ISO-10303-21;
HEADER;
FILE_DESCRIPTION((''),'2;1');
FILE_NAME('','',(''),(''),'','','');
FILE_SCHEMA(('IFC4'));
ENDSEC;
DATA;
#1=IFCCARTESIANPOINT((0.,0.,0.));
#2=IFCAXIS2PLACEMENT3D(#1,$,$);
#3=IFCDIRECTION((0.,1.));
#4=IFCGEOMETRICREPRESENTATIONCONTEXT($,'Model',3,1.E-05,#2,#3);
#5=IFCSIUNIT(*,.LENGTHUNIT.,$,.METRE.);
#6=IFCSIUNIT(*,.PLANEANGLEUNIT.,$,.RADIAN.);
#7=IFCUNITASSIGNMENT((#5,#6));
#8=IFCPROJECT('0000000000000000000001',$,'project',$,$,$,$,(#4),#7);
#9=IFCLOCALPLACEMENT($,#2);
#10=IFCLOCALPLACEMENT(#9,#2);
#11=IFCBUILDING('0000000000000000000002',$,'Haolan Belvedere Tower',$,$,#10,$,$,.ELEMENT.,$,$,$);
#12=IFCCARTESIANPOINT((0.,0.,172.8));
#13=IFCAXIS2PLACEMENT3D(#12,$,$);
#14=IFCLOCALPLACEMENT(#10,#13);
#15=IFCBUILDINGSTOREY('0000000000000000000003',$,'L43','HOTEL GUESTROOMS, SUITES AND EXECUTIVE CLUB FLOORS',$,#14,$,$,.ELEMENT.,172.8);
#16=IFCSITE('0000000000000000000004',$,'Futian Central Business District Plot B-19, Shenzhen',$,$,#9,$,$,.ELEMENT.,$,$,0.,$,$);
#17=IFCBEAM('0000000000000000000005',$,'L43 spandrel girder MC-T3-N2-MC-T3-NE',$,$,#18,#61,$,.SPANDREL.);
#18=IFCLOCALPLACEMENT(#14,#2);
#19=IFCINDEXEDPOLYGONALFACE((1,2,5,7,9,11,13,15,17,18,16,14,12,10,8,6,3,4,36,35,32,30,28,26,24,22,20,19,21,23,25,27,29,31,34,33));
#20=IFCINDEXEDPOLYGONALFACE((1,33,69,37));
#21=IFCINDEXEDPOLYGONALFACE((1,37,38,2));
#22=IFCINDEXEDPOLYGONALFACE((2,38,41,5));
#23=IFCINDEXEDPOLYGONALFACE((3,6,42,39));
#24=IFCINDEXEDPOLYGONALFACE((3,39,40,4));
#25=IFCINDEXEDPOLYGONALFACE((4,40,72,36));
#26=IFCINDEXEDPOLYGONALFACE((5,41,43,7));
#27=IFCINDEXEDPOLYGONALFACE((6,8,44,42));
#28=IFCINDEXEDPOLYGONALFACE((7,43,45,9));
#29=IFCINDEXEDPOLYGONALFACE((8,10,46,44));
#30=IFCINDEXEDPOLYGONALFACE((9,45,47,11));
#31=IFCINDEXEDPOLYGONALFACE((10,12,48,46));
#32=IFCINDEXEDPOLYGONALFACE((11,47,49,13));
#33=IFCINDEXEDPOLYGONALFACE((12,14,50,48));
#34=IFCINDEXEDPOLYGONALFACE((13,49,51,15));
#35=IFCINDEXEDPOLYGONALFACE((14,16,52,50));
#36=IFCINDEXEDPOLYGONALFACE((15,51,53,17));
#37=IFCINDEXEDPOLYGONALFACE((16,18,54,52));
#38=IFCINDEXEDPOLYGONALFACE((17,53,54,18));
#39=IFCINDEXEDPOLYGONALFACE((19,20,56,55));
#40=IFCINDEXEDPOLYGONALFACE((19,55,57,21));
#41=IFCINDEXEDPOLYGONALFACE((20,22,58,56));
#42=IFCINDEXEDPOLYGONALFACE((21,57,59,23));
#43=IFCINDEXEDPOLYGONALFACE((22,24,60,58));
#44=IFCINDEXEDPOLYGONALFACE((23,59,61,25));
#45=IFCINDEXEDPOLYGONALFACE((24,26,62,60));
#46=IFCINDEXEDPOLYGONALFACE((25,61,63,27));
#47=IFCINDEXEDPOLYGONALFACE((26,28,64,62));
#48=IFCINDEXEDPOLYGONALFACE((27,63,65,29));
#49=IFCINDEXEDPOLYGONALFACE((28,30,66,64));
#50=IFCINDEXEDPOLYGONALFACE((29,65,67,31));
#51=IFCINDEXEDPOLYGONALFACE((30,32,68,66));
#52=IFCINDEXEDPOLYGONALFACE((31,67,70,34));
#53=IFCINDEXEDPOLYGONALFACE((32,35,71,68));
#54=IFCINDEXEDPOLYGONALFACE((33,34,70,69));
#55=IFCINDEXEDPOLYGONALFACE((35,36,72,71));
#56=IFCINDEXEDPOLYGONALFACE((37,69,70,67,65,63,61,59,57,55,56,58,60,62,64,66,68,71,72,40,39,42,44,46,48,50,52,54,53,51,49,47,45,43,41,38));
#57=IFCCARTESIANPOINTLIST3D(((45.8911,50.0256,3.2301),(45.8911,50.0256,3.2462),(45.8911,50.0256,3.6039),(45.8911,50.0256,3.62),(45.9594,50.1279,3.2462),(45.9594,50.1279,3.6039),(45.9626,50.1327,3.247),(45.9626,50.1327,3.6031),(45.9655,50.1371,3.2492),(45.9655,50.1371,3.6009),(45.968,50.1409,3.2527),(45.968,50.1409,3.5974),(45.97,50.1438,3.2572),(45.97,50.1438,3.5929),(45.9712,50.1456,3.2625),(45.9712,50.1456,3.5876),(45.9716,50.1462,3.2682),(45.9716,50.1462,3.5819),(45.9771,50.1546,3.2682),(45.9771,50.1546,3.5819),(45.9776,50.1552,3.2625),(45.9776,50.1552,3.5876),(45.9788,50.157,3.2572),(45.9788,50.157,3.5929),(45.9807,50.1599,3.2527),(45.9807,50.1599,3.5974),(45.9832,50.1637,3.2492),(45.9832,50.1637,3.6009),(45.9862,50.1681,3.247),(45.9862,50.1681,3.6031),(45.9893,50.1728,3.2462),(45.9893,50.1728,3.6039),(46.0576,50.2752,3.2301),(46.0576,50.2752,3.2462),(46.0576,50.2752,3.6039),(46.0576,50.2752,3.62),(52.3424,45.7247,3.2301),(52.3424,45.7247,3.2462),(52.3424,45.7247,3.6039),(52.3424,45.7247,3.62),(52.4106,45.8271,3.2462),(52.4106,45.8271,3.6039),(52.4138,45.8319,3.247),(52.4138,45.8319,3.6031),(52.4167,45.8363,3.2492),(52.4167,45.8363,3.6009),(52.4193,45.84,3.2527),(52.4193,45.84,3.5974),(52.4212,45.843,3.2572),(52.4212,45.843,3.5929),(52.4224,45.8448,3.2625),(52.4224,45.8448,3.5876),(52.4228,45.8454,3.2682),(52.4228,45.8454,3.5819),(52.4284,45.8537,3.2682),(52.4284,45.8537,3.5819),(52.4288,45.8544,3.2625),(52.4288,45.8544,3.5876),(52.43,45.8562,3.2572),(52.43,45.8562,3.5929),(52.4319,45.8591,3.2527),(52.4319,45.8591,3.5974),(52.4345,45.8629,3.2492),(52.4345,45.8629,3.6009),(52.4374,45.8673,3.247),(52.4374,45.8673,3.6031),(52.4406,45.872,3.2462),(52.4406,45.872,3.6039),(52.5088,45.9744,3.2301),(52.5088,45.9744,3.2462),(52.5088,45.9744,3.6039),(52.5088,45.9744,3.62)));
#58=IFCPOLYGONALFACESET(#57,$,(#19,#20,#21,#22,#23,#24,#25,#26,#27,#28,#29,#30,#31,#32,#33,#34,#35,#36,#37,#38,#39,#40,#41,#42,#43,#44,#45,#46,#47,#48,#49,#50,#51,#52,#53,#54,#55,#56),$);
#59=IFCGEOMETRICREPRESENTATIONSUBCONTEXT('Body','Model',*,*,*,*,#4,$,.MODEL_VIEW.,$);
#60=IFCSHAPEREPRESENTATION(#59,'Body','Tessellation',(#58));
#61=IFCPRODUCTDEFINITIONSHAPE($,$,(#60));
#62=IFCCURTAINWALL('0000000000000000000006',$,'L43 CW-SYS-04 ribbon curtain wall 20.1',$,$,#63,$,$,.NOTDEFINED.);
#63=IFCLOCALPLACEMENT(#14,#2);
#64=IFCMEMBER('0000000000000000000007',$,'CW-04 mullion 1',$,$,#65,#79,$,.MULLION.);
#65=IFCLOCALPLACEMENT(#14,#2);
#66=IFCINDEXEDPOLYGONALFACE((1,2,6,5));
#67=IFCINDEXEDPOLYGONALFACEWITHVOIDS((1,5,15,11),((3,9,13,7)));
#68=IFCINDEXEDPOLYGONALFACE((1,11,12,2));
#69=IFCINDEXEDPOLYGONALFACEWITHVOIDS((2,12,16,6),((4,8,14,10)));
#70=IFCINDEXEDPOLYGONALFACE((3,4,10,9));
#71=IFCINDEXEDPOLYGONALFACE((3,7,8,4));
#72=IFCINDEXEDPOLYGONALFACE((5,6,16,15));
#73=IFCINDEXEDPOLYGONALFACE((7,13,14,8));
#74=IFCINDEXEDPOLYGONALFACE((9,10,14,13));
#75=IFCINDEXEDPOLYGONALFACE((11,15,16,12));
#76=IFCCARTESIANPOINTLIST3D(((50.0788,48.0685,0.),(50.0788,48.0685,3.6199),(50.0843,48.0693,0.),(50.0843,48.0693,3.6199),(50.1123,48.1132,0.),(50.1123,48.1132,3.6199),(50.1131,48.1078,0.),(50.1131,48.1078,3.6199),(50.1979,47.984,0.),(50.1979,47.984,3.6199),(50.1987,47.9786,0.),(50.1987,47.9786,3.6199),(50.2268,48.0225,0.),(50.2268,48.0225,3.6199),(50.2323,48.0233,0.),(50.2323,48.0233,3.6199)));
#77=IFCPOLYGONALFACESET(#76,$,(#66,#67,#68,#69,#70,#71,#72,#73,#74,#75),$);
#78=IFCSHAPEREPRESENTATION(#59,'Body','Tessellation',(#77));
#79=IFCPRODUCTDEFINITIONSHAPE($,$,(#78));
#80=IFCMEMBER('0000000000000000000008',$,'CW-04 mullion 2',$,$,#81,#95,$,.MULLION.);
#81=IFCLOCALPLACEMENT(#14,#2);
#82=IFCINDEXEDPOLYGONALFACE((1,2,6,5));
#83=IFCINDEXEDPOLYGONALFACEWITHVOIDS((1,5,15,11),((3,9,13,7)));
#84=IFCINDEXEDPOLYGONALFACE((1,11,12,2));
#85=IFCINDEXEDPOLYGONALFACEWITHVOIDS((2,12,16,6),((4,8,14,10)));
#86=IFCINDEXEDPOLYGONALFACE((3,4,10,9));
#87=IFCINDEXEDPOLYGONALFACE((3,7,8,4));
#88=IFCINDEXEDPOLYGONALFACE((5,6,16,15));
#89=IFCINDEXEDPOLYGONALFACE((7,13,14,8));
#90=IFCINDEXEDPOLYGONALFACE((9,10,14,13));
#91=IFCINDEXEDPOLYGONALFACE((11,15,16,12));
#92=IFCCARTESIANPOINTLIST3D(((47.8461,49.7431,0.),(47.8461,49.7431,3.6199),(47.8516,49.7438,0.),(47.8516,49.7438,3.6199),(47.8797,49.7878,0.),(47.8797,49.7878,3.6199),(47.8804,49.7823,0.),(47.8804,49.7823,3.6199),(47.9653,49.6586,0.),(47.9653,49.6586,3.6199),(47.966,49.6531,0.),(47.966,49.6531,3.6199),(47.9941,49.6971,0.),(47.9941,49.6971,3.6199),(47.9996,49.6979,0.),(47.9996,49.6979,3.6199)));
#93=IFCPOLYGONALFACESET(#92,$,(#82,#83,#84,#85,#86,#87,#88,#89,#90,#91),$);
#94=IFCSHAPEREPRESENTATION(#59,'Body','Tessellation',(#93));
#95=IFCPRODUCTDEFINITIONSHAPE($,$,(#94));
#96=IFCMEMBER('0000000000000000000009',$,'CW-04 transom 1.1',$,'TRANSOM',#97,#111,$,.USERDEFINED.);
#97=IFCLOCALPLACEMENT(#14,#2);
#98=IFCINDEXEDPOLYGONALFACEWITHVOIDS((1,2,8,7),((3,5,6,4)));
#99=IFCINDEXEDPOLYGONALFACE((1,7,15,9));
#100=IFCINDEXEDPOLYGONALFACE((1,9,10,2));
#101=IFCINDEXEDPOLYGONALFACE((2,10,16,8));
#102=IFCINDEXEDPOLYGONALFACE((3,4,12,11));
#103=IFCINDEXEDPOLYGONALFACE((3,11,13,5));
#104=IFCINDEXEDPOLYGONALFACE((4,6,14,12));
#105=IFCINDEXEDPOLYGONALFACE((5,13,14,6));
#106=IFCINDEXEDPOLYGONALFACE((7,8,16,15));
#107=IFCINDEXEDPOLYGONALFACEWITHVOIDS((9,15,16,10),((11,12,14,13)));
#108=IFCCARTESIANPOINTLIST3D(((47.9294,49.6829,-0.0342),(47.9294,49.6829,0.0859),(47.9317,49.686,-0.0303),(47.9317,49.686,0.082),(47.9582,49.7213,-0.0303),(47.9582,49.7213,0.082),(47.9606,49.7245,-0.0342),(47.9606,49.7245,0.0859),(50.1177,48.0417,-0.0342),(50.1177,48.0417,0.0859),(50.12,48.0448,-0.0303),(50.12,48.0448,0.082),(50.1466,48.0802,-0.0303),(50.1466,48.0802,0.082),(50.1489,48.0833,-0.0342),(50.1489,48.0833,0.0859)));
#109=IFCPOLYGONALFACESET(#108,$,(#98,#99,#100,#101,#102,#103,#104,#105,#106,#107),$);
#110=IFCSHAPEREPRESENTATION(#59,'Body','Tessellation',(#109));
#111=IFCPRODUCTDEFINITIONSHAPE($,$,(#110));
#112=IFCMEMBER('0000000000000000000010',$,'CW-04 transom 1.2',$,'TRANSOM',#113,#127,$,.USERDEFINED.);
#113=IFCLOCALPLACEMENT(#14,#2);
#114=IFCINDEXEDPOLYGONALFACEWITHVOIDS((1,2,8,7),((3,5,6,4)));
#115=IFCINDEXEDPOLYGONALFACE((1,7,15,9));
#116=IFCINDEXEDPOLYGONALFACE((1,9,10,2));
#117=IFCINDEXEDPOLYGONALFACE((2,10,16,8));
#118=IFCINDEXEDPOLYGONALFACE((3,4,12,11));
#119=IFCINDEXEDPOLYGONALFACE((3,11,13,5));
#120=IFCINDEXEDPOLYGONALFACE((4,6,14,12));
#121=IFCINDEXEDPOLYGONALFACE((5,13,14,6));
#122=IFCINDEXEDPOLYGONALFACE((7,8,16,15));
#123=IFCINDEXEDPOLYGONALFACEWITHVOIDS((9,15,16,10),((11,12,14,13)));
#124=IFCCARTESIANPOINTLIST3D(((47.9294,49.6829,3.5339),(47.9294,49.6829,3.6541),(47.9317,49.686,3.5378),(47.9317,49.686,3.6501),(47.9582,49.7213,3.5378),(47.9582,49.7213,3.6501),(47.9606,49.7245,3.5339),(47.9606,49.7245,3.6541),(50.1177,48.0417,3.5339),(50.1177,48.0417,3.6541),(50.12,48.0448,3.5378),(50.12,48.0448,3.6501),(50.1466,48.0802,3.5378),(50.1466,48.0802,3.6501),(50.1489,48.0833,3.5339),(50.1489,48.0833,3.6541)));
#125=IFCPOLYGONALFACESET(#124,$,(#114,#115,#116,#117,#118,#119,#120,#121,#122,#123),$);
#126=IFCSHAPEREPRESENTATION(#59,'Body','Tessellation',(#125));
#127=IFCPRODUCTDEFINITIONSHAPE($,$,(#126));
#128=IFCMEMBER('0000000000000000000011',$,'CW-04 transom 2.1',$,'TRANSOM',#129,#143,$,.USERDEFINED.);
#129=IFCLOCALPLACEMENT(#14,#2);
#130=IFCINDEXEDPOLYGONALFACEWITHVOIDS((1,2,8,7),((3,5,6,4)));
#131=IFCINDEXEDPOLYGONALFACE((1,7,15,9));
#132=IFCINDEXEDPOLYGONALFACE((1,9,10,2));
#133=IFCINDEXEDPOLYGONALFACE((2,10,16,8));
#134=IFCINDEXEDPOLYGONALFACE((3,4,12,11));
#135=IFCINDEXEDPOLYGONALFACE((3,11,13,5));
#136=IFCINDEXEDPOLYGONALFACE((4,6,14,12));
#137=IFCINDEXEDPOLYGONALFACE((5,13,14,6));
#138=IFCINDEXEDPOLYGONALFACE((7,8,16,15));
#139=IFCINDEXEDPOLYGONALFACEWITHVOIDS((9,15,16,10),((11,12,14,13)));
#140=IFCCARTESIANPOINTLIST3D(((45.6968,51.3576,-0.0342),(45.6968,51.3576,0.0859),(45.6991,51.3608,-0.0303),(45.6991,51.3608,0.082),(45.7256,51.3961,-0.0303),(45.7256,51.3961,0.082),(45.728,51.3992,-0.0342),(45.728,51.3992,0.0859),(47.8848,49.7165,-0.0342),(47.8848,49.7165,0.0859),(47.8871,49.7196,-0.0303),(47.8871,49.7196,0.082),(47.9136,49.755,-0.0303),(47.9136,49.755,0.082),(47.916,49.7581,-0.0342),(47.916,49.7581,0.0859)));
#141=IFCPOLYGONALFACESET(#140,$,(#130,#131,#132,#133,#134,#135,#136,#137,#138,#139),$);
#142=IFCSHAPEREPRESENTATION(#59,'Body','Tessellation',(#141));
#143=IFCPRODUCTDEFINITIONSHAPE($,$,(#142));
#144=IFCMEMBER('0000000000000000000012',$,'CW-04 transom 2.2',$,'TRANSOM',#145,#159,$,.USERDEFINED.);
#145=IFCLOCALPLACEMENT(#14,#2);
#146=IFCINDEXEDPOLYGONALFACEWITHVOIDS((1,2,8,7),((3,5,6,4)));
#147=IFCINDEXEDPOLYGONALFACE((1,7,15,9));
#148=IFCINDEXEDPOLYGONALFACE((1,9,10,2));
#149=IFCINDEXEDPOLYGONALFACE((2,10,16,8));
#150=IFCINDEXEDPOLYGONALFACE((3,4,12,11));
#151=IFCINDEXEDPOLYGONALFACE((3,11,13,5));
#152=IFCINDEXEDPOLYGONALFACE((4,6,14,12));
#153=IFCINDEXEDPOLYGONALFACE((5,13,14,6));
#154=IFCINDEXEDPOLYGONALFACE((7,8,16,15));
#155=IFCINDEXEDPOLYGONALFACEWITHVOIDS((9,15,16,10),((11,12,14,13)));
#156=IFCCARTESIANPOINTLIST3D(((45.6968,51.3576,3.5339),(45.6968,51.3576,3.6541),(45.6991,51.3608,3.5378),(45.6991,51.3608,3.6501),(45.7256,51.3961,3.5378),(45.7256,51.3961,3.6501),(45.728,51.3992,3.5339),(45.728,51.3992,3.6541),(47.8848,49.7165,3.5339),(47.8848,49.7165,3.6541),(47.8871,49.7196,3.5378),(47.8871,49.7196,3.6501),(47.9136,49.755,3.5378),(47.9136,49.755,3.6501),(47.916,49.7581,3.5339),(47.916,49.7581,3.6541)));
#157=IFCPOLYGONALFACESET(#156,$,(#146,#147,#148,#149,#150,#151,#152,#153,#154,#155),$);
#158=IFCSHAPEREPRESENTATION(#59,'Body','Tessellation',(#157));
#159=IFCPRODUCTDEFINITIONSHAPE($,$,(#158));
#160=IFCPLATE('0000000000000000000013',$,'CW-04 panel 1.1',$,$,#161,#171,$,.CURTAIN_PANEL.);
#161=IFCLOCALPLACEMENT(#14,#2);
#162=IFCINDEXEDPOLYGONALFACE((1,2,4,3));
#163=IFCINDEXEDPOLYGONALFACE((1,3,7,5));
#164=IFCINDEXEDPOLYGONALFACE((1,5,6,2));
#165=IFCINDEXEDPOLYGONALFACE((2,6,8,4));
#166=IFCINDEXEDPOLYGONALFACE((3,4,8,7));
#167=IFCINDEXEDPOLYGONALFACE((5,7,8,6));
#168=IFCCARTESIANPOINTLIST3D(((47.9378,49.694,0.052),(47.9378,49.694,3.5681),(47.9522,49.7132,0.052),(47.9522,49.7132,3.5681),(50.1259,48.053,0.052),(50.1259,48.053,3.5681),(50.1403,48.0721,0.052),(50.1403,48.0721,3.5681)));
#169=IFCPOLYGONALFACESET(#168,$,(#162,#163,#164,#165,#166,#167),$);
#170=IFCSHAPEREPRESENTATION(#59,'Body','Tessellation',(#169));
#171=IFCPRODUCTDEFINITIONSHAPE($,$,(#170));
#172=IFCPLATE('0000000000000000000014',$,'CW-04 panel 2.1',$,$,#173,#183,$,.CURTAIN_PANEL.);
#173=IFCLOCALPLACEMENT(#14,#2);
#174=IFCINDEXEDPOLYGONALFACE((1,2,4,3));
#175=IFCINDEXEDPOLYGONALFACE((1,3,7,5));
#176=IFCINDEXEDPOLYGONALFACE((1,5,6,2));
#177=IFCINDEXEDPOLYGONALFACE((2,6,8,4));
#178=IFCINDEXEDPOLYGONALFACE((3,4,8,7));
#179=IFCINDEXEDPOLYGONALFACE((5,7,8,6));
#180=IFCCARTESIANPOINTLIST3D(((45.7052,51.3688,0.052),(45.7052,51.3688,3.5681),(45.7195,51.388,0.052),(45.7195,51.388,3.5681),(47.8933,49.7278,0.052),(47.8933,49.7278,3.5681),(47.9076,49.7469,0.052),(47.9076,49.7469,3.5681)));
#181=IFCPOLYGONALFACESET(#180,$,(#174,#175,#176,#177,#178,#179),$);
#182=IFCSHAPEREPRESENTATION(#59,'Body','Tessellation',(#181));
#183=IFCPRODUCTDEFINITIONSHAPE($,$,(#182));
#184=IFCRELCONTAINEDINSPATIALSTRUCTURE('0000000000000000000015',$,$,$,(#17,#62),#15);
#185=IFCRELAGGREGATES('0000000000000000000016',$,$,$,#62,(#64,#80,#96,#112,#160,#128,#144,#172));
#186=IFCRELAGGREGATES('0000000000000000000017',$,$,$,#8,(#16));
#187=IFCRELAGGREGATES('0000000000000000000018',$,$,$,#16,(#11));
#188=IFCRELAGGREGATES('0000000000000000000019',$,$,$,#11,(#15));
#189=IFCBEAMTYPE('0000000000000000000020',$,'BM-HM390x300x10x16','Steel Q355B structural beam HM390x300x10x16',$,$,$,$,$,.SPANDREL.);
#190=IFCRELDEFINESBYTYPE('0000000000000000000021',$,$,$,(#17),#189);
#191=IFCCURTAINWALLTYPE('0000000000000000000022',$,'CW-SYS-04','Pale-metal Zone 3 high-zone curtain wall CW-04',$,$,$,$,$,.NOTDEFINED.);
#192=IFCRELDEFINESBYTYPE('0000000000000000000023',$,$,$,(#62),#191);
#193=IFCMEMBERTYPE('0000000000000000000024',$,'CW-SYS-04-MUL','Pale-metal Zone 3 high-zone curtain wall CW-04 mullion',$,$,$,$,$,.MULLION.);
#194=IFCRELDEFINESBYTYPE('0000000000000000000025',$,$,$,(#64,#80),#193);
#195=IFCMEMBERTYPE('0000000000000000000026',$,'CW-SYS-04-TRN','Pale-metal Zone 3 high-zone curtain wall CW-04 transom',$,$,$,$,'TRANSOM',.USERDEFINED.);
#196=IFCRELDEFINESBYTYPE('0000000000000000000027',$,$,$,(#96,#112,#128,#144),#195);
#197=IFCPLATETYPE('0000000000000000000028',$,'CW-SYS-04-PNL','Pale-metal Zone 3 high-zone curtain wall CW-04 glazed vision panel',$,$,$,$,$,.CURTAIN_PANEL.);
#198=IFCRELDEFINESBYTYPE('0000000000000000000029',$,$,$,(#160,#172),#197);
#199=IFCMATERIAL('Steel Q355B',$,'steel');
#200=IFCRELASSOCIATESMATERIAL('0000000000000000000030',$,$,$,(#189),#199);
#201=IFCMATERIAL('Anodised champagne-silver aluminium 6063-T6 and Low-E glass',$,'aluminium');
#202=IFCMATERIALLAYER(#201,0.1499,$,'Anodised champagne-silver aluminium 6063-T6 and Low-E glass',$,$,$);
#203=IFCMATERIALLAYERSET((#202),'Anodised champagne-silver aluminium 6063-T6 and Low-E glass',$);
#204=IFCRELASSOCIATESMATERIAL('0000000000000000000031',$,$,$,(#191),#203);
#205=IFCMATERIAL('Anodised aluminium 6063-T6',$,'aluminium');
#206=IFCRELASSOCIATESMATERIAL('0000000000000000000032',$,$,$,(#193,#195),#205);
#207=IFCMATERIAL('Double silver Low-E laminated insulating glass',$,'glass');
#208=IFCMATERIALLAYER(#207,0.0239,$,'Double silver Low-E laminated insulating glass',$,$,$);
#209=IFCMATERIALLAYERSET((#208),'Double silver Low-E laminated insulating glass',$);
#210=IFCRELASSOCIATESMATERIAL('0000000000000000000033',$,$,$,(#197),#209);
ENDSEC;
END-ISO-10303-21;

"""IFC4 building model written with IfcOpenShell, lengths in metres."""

from ifc_helpers import new_model, si_unit, direction, frame, origin, origin_2d, place, context, subcontext, project, spatial, rectangle, hollow_rectangle, i_section, extrude, material, layer, layer_set, material_profile, profile_set, type_object, element, aggregate, save


model = new_model("IFC4")

# Units and contexts
model_context = context("Model", 3, precision=1e-05, world=origin(), true_north=direction((0.0, 1.0)))
body_context = subcontext(model_context, "Body", "Model", "MODEL_VIEW")
ifc_project = project(units=[si_unit("LENGTHUNIT", "METRE"), si_unit("PLANEANGLEUNIT", "RADIAN")], contexts=[model_context])

# Site, building, storey
site_placement = place(None, origin())
site = spatial("IfcSite", under=ifc_project, at=site_placement, Name="Futian Central Business District Plot B-19, Shenzhen", CompositionType="ELEMENT", RefElevation=0.0)
building_placement = place(site_placement, origin())
building = spatial("IfcBuilding", under=site, at=building_placement, Name="Haolan Belvedere Tower", CompositionType="ELEMENT")
storey_placement = place(building_placement, frame((0.0, 0.0, 172.8)))
storey = spatial("IfcBuildingStorey", under=building, at=storey_placement, Name="L43", Description="HOTEL GUESTROOMS, SUITES AND EXECUTIVE CLUB FLOORS", CompositionType="ELEMENT", Elevation=172.8)

# Beam
ifc_material_1 = material(Name="Steel Q355B", Category="steel")
ifc_material_profile_1 = material_profile(ifc_material_1, i_section(OverallWidth=0.3, OverallDepth=0.3899, WebThickness=0.01, FlangeThickness=0.0161, FilletRadius=0.022, at=origin_2d()), Name="Steel Q355B")
ifc_profile_set_1 = profile_set([ifc_material_profile_1], Name="Steel Q355B")
beam_type = type_object("IfcBeamType", Name="BM-HM390x300x10x16", Description="Steel Q355B structural beam HM390x300x10x16", PredefinedType="SPANDREL", material=ifc_profile_set_1)
beam_placement = place(storey_placement, frame((45.9744, 50.1504, 3.425), z_axis=(0.83205, -0.5547, 0.0), x_axis=(0.5547, 0.83205, 0.0)))
element("IfcBeam", 1, at=beam_placement, inside=storey, type_object=beam_type, Name="L43 spandrel girder MC-T3-N2-MC-T3-NE", PredefinedType="SPANDREL", context=body_context, shape_type="SweptSolid", body=[
    extrude(i_section(OverallWidth=0.3, OverallDepth=0.3899, WebThickness=0.01, FlangeThickness=0.0161, FilletRadius=0.022, at=origin_2d()), origin(), (0.0, 0.0, 1.0), 7.7534),
])

# Curtain wall, members, plates
ifc_material_2 = material(Name="Anodised champagne-silver aluminium 6063-T6 and Low-E glass", Category="aluminium")
ifc_layer_1 = layer(ifc_material_2, 0.1499, Name="Anodised champagne-silver aluminium 6063-T6 and Low-E glass")
ifc_layer_set_1 = layer_set([ifc_layer_1], Name="Anodised champagne-silver aluminium 6063-T6 and Low-E glass")
curtain_wall_type = type_object("IfcCurtainWallType", Name="CW-SYS-04", Description="Pale-metal Zone 3 high-zone curtain wall CW-04", PredefinedType="NOTDEFINED", material=ifc_layer_set_1)
curtain_wall_placement = place(storey_placement, origin())
curtain_wall = element("IfcCurtainWall", 2, at=curtain_wall_placement, inside=storey, type_object=curtain_wall_type, Name="L43 CW-SYS-04 ribbon curtain wall 20.1", PredefinedType="NOTDEFINED")
ifc_material_3 = material(Name="Anodised aluminium 6063-T6", Category="aluminium")
ifc_material_profile_2 = material_profile(ifc_material_3, hollow_rectangle(XDim=0.0559, YDim=0.1499, WallThickness=0.0039, at=origin_2d()), Name="Anodised aluminium 6063-T6")
ifc_profile_set_2 = profile_set([ifc_material_profile_2], Name="Anodised aluminium 6063-T6")
member_type_1 = type_object("IfcMemberType", Name="CW-SYS-04-MUL", Description="Pale-metal Zone 3 high-zone curtain wall CW-04 mullion", PredefinedType="MULLION", material=ifc_profile_set_2)
member_1_placement = place(storey_placement, frame((50.1555, 48.0459, 0.0), z_axis=(0.0, 0.0, 1.0), x_axis=(-0.600003, -0.799998, 0.0)))
member_1 = element("IfcMember", 3, at=member_1_placement, type_object=member_type_1, Name="CW-04 mullion 1", PredefinedType="MULLION", context=body_context, shape_type="SweptSolid", body=[
    extrude(hollow_rectangle(XDim=0.0559, YDim=0.1499, WallThickness=0.0039, at=origin_2d()), origin(), (0.0, 0.0, 1.0), 3.6199),
])
member_2_placement = place(storey_placement, frame((47.9229, 49.7205, 0.0), z_axis=(0.0, 0.0, 1.0), x_axis=(-0.600003, -0.799998, 0.0)))
member_2 = element("IfcMember", 4, at=member_2_placement, type_object=member_type_1, Name="CW-04 mullion 2", PredefinedType="MULLION", context=body_context, shape_type="SweptSolid", body=[
    extrude(hollow_rectangle(XDim=0.0559, YDim=0.1499, WallThickness=0.0039, at=origin_2d()), origin(), (0.0, 0.0, 1.0), 3.6199),
])
ifc_material_profile_3 = material_profile(ifc_material_3, hollow_rectangle(XDim=0.052, YDim=0.1201, WallThickness=0.0039, at=origin_2d()), Name="Anodised aluminium 6063-T6")
ifc_profile_set_3 = profile_set([ifc_material_profile_3], Name="Anodised aluminium 6063-T6")
member_type_2 = type_object("IfcMemberType", Name="CW-SYS-04-TRN", Description="Pale-metal Zone 3 high-zone curtain wall CW-04 transom", ElementType="TRANSOM", PredefinedType="USERDEFINED", material=ifc_profile_set_3)
member_3_placement = place(storey_placement, frame((50.1333, 48.0625, 0.0259), z_axis=(-0.800011, 0.599986, 0.0), x_axis=(-0.599986, -0.800011, 0.0)))
member_3 = element("IfcMember", 5, at=member_3_placement, type_object=member_type_2, Name="CW-04 transom 1.1", ObjectType="TRANSOM", PredefinedType="USERDEFINED", context=body_context, shape_type="SweptSolid", body=[
    extrude(hollow_rectangle(XDim=0.052, YDim=0.1201, WallThickness=0.0039, at=origin_2d()), origin(), (0.0, 0.0, 1.0), 2.7354),
])
member_4_placement = place(storey_placement, frame((50.1333, 48.0625, 3.594), z_axis=(-0.800011, 0.599986, 0.0), x_axis=(-0.599986, -0.800011, 0.0)))
member_4 = element("IfcMember", 6, at=member_4_placement, type_object=member_type_2, Name="CW-04 transom 1.2", ObjectType="TRANSOM", PredefinedType="USERDEFINED", context=body_context, shape_type="SweptSolid", body=[
    extrude(hollow_rectangle(XDim=0.052, YDim=0.1201, WallThickness=0.0039, at=origin_2d()), origin(), (0.0, 0.0, 1.0), 2.7354),
])
member_5_placement = place(storey_placement, frame((47.9004, 49.7373, 0.0259), z_axis=(-0.799979, 0.600029, 0.0), x_axis=(-0.600029, -0.799979, 0.0)))
member_5 = element("IfcMember", 7, at=member_5_placement, type_object=member_type_2, Name="CW-04 transom 2.1", ObjectType="TRANSOM", PredefinedType="USERDEFINED", context=body_context, shape_type="SweptSolid", body=[
    extrude(hollow_rectangle(XDim=0.052, YDim=0.1201, WallThickness=0.0039, at=origin_2d()), origin(), (0.0, 0.0, 1.0), 2.7351),
])
member_6_placement = place(storey_placement, frame((47.9004, 49.7373, 3.594), z_axis=(-0.799979, 0.600029, 0.0), x_axis=(-0.600029, -0.799979, 0.0)))
member_6 = element("IfcMember", 8, at=member_6_placement, type_object=member_type_2, Name="CW-04 transom 2.2", ObjectType="TRANSOM", PredefinedType="USERDEFINED", context=body_context, shape_type="SweptSolid", body=[
    extrude(hollow_rectangle(XDim=0.052, YDim=0.1201, WallThickness=0.0039, at=origin_2d()), origin(), (0.0, 0.0, 1.0), 2.7351),
])
ifc_material_4 = material(Name="Double silver Low-E laminated insulating glass", Category="glass")
ifc_layer_2 = layer(ifc_material_4, 0.0239, Name="Double silver Low-E laminated insulating glass")
ifc_layer_set_2 = layer_set([ifc_layer_2], Name="Double silver Low-E laminated insulating glass")
plate_type = type_object("IfcPlateType", Name="CW-SYS-04-PNL", Description="Pale-metal Zone 3 high-zone curtain wall CW-04 glazed vision panel", PredefinedType="CURTAIN_PANEL", material=ifc_layer_set_2)
plate_1_placement = place(storey_placement, frame((49.0391, 48.8831, 0.052), z_axis=(0.0, 0.0, 1.0), x_axis=(-0.799998, 0.600003, 0.0)))
plate_1 = element("IfcPlate", 9, at=plate_1_placement, type_object=plate_type, Name="CW-04 panel 1.1", PredefinedType="CURTAIN_PANEL", context=body_context, shape_type="SweptSolid", body=[
    extrude(rectangle(XDim=2.7351, YDim=0.0239, at=origin_2d()), origin(), (0.0, 0.0, 1.0), 3.5161),
])
plate_2_placement = place(storey_placement, frame((46.8064, 50.5579, 0.052), z_axis=(0.0, 0.0, 1.0), x_axis=(-0.799998, 0.600003, 0.0)))
plate_2 = element("IfcPlate", 10, at=plate_2_placement, type_object=plate_type, Name="CW-04 panel 2.1", PredefinedType="CURTAIN_PANEL", context=body_context, shape_type="SweptSolid", body=[
    extrude(rectangle(XDim=2.7351, YDim=0.0239, at=origin_2d()), origin(), (0.0, 0.0, 1.0), 3.5161),
])
aggregate(curtain_wall, [member_1, member_2, member_3, member_4, plate_1, member_5, member_6, plate_2])

save(model, "model.ifc")
